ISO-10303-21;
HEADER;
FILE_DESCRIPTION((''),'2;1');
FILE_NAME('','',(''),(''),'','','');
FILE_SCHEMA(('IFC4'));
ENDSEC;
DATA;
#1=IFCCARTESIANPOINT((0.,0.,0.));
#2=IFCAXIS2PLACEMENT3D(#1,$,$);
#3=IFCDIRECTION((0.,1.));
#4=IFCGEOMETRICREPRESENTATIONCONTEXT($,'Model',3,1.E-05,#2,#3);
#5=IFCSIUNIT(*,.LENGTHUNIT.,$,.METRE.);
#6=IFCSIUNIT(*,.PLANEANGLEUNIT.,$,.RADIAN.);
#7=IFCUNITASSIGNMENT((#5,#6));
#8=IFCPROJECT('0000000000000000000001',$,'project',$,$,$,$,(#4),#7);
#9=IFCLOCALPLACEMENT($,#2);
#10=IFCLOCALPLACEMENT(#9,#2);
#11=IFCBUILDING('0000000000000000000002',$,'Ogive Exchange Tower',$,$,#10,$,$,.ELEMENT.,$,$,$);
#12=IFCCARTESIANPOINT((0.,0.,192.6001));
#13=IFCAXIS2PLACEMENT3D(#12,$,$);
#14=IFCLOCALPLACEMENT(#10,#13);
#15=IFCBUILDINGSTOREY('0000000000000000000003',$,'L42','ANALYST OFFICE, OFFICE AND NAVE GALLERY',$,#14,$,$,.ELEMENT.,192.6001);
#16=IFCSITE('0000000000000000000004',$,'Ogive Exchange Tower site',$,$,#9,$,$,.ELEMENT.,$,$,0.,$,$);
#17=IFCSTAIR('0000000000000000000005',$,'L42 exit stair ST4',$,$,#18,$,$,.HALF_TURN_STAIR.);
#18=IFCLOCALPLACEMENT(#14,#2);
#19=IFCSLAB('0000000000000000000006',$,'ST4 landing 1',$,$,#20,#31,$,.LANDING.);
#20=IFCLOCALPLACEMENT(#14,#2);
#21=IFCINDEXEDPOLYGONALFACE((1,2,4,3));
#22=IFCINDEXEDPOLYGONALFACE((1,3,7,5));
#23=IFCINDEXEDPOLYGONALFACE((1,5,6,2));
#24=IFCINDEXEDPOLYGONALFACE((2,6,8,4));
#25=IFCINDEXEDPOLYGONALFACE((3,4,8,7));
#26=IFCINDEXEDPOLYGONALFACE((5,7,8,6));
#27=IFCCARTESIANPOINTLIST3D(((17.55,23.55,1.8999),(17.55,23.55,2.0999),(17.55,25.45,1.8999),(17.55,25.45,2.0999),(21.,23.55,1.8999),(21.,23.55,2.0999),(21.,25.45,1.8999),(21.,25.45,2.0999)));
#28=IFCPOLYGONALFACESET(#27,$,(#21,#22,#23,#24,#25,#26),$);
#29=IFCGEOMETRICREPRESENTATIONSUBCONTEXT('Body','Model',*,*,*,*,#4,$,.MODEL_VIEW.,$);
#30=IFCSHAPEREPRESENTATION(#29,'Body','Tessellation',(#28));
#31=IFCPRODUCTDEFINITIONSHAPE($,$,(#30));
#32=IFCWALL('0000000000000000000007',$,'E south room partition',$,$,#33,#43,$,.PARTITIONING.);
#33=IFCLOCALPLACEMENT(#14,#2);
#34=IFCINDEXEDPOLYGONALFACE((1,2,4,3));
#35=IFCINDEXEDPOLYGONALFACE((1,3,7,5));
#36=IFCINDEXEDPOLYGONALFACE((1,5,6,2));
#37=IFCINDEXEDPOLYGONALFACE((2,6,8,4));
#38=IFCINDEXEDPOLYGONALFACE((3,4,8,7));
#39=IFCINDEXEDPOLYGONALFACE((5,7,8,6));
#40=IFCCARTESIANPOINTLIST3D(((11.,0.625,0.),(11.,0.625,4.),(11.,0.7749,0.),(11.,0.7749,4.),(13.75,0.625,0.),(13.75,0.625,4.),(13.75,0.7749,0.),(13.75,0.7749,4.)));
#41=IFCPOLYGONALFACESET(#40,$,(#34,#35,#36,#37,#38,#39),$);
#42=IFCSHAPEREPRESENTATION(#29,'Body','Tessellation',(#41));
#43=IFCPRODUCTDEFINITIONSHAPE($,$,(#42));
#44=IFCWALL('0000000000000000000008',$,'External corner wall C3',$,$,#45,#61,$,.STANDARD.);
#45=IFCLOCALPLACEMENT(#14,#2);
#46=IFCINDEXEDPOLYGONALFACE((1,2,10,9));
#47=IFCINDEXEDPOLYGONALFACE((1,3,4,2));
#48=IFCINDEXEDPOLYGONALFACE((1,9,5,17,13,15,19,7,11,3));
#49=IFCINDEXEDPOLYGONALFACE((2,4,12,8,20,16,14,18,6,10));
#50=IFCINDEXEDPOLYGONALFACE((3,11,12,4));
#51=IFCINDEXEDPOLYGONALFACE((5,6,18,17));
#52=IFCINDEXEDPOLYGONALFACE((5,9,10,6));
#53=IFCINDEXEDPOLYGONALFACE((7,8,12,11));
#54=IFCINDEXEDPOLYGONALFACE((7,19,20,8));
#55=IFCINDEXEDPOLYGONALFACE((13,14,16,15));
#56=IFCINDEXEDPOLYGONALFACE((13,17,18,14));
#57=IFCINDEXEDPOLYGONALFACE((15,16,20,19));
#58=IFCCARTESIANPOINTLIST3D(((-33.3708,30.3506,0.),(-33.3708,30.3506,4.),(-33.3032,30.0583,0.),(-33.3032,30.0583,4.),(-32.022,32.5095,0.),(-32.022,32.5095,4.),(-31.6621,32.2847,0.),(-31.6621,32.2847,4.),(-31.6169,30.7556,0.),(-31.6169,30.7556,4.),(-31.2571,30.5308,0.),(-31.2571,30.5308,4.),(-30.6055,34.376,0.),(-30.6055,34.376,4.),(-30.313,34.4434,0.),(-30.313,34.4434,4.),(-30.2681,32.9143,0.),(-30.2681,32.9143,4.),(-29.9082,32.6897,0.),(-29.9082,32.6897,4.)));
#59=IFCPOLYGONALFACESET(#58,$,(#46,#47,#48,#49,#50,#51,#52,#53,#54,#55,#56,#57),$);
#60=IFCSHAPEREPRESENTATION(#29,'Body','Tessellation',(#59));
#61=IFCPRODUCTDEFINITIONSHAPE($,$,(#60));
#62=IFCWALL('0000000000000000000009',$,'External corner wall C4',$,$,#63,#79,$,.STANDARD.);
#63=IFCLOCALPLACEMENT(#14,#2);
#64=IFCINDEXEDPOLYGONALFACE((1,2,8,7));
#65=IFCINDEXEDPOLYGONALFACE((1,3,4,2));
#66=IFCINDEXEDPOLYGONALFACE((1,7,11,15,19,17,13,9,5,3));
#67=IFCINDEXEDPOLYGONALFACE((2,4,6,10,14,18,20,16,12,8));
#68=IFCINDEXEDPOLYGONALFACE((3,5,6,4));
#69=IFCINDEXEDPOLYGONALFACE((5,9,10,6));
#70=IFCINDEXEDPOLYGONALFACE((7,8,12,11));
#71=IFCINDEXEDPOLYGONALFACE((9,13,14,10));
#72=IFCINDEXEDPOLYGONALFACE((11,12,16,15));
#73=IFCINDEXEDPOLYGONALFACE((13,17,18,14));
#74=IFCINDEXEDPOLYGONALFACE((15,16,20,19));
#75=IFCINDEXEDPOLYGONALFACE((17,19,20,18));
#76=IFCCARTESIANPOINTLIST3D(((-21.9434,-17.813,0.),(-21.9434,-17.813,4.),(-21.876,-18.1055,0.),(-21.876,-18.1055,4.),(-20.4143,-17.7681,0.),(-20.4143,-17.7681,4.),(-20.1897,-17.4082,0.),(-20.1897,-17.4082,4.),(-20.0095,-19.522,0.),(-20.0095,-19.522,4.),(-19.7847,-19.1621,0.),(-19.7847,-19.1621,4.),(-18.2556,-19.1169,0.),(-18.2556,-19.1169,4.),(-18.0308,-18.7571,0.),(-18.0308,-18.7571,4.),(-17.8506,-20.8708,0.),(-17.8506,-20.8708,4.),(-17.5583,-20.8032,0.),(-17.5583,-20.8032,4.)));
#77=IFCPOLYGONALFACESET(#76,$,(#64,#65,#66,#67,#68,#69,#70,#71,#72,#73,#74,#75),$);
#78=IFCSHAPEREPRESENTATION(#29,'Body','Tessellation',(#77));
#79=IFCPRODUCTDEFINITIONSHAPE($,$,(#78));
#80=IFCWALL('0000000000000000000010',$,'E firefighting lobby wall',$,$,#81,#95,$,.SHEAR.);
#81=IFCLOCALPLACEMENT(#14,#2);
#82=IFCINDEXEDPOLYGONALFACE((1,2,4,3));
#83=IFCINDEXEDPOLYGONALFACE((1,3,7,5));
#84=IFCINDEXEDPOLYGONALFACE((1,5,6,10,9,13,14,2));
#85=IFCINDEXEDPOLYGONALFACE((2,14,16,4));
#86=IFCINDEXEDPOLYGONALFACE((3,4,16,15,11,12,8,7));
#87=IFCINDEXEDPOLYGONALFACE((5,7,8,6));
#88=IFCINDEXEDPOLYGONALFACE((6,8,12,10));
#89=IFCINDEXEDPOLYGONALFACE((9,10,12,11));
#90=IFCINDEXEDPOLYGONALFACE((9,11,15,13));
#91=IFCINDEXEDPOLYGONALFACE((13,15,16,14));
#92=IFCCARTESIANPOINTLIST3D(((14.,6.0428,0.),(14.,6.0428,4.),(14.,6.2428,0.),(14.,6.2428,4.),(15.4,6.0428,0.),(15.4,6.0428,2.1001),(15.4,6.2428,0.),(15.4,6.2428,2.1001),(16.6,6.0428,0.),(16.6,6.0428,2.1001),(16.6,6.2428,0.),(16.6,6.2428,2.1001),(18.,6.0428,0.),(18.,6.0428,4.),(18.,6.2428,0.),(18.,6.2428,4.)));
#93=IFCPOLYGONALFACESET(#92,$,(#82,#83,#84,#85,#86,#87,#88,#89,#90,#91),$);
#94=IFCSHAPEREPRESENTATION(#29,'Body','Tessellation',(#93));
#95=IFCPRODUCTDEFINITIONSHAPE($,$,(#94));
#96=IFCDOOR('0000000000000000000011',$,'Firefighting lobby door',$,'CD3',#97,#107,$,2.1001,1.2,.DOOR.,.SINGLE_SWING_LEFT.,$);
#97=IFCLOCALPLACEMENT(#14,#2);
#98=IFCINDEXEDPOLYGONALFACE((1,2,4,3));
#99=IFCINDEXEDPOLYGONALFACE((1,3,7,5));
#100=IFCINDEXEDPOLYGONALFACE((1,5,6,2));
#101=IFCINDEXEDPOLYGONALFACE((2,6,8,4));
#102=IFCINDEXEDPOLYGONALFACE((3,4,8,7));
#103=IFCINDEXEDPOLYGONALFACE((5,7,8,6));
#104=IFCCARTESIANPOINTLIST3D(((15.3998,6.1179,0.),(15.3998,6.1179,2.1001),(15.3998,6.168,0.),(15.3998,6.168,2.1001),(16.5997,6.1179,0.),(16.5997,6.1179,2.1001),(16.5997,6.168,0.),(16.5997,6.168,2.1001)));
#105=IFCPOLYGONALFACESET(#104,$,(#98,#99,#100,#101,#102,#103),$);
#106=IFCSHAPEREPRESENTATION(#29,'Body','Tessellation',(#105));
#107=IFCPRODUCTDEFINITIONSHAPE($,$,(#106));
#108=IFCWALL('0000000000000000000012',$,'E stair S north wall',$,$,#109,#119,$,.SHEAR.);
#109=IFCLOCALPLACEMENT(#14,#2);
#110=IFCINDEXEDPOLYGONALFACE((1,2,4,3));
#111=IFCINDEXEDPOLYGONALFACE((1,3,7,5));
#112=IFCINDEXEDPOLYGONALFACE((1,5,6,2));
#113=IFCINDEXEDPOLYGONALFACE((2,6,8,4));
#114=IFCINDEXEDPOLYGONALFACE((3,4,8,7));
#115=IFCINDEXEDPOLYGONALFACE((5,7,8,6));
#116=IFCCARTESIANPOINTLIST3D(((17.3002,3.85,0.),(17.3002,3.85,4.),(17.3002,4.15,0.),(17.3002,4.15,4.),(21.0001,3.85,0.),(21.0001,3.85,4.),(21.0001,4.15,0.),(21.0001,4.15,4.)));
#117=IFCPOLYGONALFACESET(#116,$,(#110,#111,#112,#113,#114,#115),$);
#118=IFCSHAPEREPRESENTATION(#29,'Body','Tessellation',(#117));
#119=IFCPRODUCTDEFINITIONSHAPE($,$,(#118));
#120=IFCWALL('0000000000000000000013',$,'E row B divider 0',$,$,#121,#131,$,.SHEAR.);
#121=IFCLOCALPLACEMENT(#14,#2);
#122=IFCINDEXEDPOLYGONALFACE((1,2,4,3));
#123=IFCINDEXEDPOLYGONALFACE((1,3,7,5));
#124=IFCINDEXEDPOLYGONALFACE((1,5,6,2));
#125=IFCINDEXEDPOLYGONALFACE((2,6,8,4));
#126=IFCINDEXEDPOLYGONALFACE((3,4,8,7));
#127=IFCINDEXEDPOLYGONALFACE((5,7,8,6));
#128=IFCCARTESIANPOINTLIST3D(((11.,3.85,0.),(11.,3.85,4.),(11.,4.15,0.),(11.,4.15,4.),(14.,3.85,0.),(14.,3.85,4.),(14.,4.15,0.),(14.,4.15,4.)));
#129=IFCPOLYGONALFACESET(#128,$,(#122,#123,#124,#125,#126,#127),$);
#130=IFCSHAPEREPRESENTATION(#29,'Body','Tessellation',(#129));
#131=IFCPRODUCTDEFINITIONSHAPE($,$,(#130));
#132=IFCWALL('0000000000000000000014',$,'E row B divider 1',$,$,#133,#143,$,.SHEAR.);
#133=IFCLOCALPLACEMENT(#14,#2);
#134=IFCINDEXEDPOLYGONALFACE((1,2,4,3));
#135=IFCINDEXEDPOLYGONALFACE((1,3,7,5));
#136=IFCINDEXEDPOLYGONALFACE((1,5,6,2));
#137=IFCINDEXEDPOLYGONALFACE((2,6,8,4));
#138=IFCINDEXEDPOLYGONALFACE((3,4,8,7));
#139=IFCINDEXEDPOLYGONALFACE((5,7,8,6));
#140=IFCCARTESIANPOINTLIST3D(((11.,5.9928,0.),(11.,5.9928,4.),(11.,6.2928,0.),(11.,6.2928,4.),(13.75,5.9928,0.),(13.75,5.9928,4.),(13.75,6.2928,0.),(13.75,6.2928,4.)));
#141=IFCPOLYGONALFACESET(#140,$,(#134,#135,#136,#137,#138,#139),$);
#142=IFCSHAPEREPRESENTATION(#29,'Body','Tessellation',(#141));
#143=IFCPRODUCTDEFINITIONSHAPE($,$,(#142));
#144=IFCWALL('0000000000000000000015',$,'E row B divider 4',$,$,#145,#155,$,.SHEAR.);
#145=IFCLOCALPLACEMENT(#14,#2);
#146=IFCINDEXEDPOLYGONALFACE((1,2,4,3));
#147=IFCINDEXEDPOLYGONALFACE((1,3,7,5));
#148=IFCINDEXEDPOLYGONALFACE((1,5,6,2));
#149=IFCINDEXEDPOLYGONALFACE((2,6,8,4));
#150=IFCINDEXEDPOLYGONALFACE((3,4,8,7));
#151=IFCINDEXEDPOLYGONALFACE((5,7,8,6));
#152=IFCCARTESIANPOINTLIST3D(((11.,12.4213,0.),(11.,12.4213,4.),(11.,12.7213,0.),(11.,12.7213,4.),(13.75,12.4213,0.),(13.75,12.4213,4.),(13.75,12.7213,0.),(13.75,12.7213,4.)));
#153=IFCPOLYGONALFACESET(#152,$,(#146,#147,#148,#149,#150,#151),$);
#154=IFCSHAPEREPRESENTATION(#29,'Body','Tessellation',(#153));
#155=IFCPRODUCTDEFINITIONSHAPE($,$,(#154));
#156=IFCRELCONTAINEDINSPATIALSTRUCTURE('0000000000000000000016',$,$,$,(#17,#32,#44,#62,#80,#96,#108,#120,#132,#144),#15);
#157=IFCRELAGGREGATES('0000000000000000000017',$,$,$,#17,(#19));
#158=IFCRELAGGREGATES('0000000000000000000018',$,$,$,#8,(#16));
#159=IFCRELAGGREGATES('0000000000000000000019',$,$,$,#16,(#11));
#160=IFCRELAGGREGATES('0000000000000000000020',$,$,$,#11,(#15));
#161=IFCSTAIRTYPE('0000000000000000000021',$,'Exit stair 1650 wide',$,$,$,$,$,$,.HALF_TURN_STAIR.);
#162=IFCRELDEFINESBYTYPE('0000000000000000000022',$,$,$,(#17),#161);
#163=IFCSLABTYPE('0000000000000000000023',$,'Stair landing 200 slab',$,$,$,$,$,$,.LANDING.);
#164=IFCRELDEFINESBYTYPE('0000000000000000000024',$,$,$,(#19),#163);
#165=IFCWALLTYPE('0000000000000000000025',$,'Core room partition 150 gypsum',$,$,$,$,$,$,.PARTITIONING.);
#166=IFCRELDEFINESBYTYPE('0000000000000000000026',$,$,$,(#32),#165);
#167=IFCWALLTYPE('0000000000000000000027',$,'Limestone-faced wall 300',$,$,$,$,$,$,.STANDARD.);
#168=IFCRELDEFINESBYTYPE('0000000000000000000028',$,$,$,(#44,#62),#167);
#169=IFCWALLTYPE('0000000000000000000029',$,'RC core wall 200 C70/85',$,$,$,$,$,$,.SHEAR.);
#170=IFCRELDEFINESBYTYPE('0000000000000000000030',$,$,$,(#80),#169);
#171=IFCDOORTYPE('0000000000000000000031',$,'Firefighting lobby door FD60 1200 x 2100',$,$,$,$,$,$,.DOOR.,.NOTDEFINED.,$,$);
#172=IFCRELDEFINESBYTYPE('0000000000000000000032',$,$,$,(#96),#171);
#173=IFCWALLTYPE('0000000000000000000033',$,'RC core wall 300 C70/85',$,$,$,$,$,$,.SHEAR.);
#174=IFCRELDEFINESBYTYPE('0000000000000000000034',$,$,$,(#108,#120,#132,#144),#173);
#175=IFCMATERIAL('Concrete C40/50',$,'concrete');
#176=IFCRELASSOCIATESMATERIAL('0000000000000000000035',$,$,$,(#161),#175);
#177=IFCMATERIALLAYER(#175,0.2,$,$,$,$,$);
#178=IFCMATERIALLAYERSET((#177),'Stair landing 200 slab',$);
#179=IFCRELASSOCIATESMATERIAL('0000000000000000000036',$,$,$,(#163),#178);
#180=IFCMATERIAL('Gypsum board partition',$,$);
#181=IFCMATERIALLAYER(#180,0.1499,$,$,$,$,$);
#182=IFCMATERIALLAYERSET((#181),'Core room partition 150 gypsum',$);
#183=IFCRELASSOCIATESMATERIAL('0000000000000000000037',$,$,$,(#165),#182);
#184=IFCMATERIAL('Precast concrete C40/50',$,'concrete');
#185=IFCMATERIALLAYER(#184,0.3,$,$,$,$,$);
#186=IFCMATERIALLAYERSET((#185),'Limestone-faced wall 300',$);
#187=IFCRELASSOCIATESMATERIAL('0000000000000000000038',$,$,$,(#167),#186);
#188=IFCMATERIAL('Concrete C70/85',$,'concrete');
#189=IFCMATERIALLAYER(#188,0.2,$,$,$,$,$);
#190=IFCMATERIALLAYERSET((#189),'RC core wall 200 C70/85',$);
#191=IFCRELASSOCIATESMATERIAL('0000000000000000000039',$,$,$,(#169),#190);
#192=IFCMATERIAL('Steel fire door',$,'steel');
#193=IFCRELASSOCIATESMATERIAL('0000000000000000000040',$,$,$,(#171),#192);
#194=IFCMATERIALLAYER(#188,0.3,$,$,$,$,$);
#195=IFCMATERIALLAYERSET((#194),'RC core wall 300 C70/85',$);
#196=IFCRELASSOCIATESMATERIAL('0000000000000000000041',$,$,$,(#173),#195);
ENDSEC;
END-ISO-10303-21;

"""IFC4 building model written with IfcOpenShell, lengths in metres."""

from ifc_helpers import new_model, si_unit, direction, frame, frame_2d, origin, place, context, subcontext, project, spatial, polyline, rectangle, outline, extrude, material, layer, layer_set, type_object, element, fill, aggregate, save


model = new_model("IFC4")

# Units and contexts
model_context = context("Model", 3, precision=1e-05, world=origin(), true_north=direction((0.0, 1.0)))
body_context = subcontext(model_context, "Body", "Model", "MODEL_VIEW")
ifc_project = project(units=[si_unit("LENGTHUNIT", "METRE"), si_unit("PLANEANGLEUNIT", "RADIAN")], contexts=[model_context])

# Site, building, storey
site_placement = place(None, origin())
site = spatial("IfcSite", under=ifc_project, at=site_placement, Name="Ogive Exchange Tower site", CompositionType="ELEMENT", RefElevation=0.0)
building_placement = place(site_placement, origin())
building = spatial("IfcBuilding", under=site, at=building_placement, Name="Ogive Exchange Tower", CompositionType="ELEMENT")
storey_placement = place(building_placement, frame((0.0, 0.0, 192.6001)))
storey = spatial("IfcBuildingStorey", under=building, at=storey_placement, Name="L42", Description="ANALYST OFFICE, OFFICE AND NAVE GALLERY", CompositionType="ELEMENT", Elevation=192.6001)

# Shared definitions
ifc_material_1 = material(Name="Concrete C70/85", Category="concrete")

# Stair, slab
ifc_material_2 = material(Name="Concrete C40/50", Category="concrete")
stair_type = type_object("IfcStairType", Name="Exit stair 1650 wide", PredefinedType="HALF_TURN_STAIR", material=ifc_material_2)
ifc_layer_1 = layer(ifc_material_2, 0.2)
ifc_layer_set_1 = layer_set([ifc_layer_1], Name="Stair landing 200 slab")
slab_type_1 = type_object("IfcSlabType", Name="Stair landing 200 slab", PredefinedType="LANDING", material=ifc_layer_set_1)
stair_1_placement = place(storey_placement, origin())
stair_1 = element("IfcStair", 1, at=stair_1_placement, inside=storey, type_object=stair_type, Name="L42 exit stair ST4", PredefinedType="HALF_TURN_STAIR")
slab_1_placement = place(storey_placement, frame((0.0, 0.0, 1.8999)))
slab_1 = element("IfcSlab", 2, at=slab_1_placement, type_object=slab_type_1, Name="ST4 landing 1", PredefinedType="LANDING", context=body_context, shape_type="SweptSolid", body=[
    extrude(outline(polyline([(21.0, 23.55), (21.0, 25.45), (17.55, 25.45), (17.55, 23.55), (21.0, 23.55)])), origin(), (0.0, 0.0, 1.0), 0.2),
])
aggregate(stair_1, [slab_1])

# Walls
ifc_material_3 = material(Name="Gypsum board partition")
ifc_layer_2 = layer(ifc_material_3, 0.1499)
ifc_layer_set_2 = layer_set([ifc_layer_2], Name="Core room partition 150 gypsum")
wall_type_1 = type_object("IfcWallType", Name="Core room partition 150 gypsum", PredefinedType="PARTITIONING", material=ifc_layer_set_2)
wall_1_placement = place(storey_placement, frame((11.0, 0.7, 0.0), z_axis=(0.0, 0.0, 1.0), x_axis=(1.0, 0.0, 0.0)))
element("IfcWall", 3, at=wall_1_placement, inside=storey, type_object=wall_type_1, Name="E south room partition", PredefinedType="PARTITIONING", context=body_context, shape_type="SweptSolid", body=[
    extrude(rectangle(XDim=2.75, YDim=0.1499, at=frame_2d((1.375, 0.0))), origin(), (0.0, 0.0, 1.0), 4.0),
])
ifc_material_4 = material(Name="Precast concrete C40/50", Category="concrete")
ifc_layer_3 = layer(ifc_material_4, 0.3)
ifc_layer_set_3 = layer_set([ifc_layer_3], Name="Limestone-faced wall 300")
wall_type_2 = type_object("IfcWallType", Name="Limestone-faced wall 300", PredefinedType="STANDARD", material=ifc_layer_set_3)
wall_2_placement = place(storey_placement, origin())
element("IfcWall", 4, at=wall_2_placement, inside=storey, type_object=wall_type_2, Name="External corner wall C3", PredefinedType="STANDARD", context=body_context, shape_type="SweptSolid", body=[
    extrude(outline(polyline([(-31.6169, 30.7556), (-32.022, 32.5095), (-30.2681, 32.9143), (-30.6055, 34.376), (-30.313, 34.4434), (-29.9082, 32.6897), (-31.6621, 32.2847), (-31.2571, 30.5308), (-33.3032, 30.0583), (-33.3708, 30.3506), (-31.6169, 30.7556)])), origin(), (0.0, 0.0, 1.0), 4.0),
])
wall_3_placement = place(storey_placement, origin())
element("IfcWall", 5, at=wall_3_placement, inside=storey, type_object=wall_type_2, Name="External corner wall C4", PredefinedType="STANDARD", context=body_context, shape_type="SweptSolid", body=[
    extrude(outline(polyline([(-18.2556, -19.1169), (-20.0095, -19.522), (-20.4143, -17.7681), (-21.876, -18.1055), (-21.9434, -17.813), (-20.1897, -17.4082), (-19.7847, -19.1621), (-18.0308, -18.7571), (-17.5583, -20.8032), (-17.8506, -20.8708), (-18.2556, -19.1169)])), origin(), (0.0, 0.0, 1.0), 4.0),
])

# Wall, opening, door
ifc_layer_4 = layer(ifc_material_1, 0.2)
ifc_layer_set_4 = layer_set([ifc_layer_4], Name="RC core wall 200 C70/85")
wall_type_3 = type_object("IfcWallType", Name="RC core wall 200 C70/85", PredefinedType="SHEAR", material=ifc_layer_set_4)
wall_4_placement = place(storey_placement, frame((14.0, 6.1428, 0.0), z_axis=(0.0, 0.0, 1.0), x_axis=(1.0, 0.0, 0.0)))
wall_4 = element("IfcWall", 6, at=wall_4_placement, inside=storey, type_object=wall_type_3, Name="E firefighting lobby wall", PredefinedType="SHEAR", context=body_context, shape_type="SweptSolid", body=[
    extrude(rectangle(XDim=4.0, YDim=0.2, at=frame_2d((2.0, 0.0))), origin(), (0.0, 0.0, 1.0), 4.0),
])
opening_placement = place(wall_4_placement, frame((1.3999, 0.0, 0.0)))
opening = element("IfcOpeningElement", 7, at=opening_placement, cuts=wall_4, PredefinedType="OPENING", context=body_context, shape_type="SweptSolid", body=[
    extrude(rectangle(XDim=1.2, YDim=2.1001, at=frame_2d((0.6001, 1.05))), frame((0.0, 0.1099, 0.0), z_axis=(0.0, -1.0, 0.0), x_axis=(1.0, 0.0, 0.0)), (0.0, 0.0, 1.0), 0.22),
])
ifc_material_5 = material(Name="Steel fire door", Category="steel")
door_type = type_object("IfcDoorType", Name="Firefighting lobby door FD60 1200 x 2100", OperationType="NOTDEFINED", PredefinedType="DOOR", material=ifc_material_5)
door_placement = place(opening_placement, frame((1.2, 0.0, 0.0), z_axis=(0.0, 0.0, 1.0), x_axis=(-1.0, 0.0, 0.0)))
door = element("IfcDoor", 8, at=door_placement, inside=storey, type_object=door_type, Name="Firefighting lobby door", ObjectType="CD3", OperationType="SINGLE_SWING_LEFT", OverallHeight=2.1001, OverallWidth=1.2, PredefinedType="DOOR", context=body_context, shape_type="SweptSolid", body=[
    extrude(rectangle(XDim=1.2, YDim=2.1001, at=frame_2d((0.6001, 1.05))), frame((0.0, 0.0249, 0.0), z_axis=(0.0, -1.0, 0.0), x_axis=(1.0, 0.0, 0.0)), (0.0, 0.0, 1.0), 0.05),
])
fill(opening, door)

# Walls
ifc_layer_5 = layer(ifc_material_1, 0.3)
ifc_layer_set_5 = layer_set([ifc_layer_5], Name="RC core wall 300 C70/85")
wall_type_4 = type_object("IfcWallType", Name="RC core wall 300 C70/85", PredefinedType="SHEAR", material=ifc_layer_set_5)
wall_5_placement = place(storey_placement, frame((17.3, 4.0, 0.0), z_axis=(0.0, 0.0, 1.0), x_axis=(1.0, 0.0, 0.0)))
element("IfcWall", 9, at=wall_5_placement, inside=storey, type_object=wall_type_4, Name="E stair S north wall", PredefinedType="SHEAR", context=body_context, shape_type="SweptSolid", body=[
    extrude(rectangle(XDim=3.7, YDim=0.3, at=frame_2d((1.8501, 0.0))), origin(), (0.0, 0.0, 1.0), 4.0),
])
wall_6_placement = place(storey_placement, frame((11.0, 4.0, 0.0), z_axis=(0.0, 0.0, 1.0), x_axis=(1.0, 0.0, 0.0)))
element("IfcWall", 10, at=wall_6_placement, inside=storey, type_object=wall_type_4, Name="E row B divider 0", PredefinedType="SHEAR", context=body_context, shape_type="SweptSolid", body=[
    extrude(rectangle(XDim=3.0, YDim=0.3, at=frame_2d((1.5, 0.0))), origin(), (0.0, 0.0, 1.0), 4.0),
])
for number, where, z_axis, x_axis, name in (
    (11, (11.0, 6.1428, 0.0), (0.0, 0.0, 1.0), (1.0, 0.0, 0.0), "E row B divider 1"),
    (12, (11.0, 12.5713, 0.0), (0.0, 0.0, 1.0), (1.0, 0.0, 0.0), "E row B divider 4"),
):
    element("IfcWall", number, at=place(storey_placement, frame(where, z_axis=z_axis, x_axis=x_axis)), inside=storey, type_object=wall_type_4, Name=name, PredefinedType="SHEAR", context=body_context, shape_type="SweptSolid", body=[
        extrude(rectangle(XDim=2.75, YDim=0.3, at=frame_2d((1.375, 0.0))), origin(), (0.0, 0.0, 1.0), 4.0),
    ])

save(model, "model.ifc")
